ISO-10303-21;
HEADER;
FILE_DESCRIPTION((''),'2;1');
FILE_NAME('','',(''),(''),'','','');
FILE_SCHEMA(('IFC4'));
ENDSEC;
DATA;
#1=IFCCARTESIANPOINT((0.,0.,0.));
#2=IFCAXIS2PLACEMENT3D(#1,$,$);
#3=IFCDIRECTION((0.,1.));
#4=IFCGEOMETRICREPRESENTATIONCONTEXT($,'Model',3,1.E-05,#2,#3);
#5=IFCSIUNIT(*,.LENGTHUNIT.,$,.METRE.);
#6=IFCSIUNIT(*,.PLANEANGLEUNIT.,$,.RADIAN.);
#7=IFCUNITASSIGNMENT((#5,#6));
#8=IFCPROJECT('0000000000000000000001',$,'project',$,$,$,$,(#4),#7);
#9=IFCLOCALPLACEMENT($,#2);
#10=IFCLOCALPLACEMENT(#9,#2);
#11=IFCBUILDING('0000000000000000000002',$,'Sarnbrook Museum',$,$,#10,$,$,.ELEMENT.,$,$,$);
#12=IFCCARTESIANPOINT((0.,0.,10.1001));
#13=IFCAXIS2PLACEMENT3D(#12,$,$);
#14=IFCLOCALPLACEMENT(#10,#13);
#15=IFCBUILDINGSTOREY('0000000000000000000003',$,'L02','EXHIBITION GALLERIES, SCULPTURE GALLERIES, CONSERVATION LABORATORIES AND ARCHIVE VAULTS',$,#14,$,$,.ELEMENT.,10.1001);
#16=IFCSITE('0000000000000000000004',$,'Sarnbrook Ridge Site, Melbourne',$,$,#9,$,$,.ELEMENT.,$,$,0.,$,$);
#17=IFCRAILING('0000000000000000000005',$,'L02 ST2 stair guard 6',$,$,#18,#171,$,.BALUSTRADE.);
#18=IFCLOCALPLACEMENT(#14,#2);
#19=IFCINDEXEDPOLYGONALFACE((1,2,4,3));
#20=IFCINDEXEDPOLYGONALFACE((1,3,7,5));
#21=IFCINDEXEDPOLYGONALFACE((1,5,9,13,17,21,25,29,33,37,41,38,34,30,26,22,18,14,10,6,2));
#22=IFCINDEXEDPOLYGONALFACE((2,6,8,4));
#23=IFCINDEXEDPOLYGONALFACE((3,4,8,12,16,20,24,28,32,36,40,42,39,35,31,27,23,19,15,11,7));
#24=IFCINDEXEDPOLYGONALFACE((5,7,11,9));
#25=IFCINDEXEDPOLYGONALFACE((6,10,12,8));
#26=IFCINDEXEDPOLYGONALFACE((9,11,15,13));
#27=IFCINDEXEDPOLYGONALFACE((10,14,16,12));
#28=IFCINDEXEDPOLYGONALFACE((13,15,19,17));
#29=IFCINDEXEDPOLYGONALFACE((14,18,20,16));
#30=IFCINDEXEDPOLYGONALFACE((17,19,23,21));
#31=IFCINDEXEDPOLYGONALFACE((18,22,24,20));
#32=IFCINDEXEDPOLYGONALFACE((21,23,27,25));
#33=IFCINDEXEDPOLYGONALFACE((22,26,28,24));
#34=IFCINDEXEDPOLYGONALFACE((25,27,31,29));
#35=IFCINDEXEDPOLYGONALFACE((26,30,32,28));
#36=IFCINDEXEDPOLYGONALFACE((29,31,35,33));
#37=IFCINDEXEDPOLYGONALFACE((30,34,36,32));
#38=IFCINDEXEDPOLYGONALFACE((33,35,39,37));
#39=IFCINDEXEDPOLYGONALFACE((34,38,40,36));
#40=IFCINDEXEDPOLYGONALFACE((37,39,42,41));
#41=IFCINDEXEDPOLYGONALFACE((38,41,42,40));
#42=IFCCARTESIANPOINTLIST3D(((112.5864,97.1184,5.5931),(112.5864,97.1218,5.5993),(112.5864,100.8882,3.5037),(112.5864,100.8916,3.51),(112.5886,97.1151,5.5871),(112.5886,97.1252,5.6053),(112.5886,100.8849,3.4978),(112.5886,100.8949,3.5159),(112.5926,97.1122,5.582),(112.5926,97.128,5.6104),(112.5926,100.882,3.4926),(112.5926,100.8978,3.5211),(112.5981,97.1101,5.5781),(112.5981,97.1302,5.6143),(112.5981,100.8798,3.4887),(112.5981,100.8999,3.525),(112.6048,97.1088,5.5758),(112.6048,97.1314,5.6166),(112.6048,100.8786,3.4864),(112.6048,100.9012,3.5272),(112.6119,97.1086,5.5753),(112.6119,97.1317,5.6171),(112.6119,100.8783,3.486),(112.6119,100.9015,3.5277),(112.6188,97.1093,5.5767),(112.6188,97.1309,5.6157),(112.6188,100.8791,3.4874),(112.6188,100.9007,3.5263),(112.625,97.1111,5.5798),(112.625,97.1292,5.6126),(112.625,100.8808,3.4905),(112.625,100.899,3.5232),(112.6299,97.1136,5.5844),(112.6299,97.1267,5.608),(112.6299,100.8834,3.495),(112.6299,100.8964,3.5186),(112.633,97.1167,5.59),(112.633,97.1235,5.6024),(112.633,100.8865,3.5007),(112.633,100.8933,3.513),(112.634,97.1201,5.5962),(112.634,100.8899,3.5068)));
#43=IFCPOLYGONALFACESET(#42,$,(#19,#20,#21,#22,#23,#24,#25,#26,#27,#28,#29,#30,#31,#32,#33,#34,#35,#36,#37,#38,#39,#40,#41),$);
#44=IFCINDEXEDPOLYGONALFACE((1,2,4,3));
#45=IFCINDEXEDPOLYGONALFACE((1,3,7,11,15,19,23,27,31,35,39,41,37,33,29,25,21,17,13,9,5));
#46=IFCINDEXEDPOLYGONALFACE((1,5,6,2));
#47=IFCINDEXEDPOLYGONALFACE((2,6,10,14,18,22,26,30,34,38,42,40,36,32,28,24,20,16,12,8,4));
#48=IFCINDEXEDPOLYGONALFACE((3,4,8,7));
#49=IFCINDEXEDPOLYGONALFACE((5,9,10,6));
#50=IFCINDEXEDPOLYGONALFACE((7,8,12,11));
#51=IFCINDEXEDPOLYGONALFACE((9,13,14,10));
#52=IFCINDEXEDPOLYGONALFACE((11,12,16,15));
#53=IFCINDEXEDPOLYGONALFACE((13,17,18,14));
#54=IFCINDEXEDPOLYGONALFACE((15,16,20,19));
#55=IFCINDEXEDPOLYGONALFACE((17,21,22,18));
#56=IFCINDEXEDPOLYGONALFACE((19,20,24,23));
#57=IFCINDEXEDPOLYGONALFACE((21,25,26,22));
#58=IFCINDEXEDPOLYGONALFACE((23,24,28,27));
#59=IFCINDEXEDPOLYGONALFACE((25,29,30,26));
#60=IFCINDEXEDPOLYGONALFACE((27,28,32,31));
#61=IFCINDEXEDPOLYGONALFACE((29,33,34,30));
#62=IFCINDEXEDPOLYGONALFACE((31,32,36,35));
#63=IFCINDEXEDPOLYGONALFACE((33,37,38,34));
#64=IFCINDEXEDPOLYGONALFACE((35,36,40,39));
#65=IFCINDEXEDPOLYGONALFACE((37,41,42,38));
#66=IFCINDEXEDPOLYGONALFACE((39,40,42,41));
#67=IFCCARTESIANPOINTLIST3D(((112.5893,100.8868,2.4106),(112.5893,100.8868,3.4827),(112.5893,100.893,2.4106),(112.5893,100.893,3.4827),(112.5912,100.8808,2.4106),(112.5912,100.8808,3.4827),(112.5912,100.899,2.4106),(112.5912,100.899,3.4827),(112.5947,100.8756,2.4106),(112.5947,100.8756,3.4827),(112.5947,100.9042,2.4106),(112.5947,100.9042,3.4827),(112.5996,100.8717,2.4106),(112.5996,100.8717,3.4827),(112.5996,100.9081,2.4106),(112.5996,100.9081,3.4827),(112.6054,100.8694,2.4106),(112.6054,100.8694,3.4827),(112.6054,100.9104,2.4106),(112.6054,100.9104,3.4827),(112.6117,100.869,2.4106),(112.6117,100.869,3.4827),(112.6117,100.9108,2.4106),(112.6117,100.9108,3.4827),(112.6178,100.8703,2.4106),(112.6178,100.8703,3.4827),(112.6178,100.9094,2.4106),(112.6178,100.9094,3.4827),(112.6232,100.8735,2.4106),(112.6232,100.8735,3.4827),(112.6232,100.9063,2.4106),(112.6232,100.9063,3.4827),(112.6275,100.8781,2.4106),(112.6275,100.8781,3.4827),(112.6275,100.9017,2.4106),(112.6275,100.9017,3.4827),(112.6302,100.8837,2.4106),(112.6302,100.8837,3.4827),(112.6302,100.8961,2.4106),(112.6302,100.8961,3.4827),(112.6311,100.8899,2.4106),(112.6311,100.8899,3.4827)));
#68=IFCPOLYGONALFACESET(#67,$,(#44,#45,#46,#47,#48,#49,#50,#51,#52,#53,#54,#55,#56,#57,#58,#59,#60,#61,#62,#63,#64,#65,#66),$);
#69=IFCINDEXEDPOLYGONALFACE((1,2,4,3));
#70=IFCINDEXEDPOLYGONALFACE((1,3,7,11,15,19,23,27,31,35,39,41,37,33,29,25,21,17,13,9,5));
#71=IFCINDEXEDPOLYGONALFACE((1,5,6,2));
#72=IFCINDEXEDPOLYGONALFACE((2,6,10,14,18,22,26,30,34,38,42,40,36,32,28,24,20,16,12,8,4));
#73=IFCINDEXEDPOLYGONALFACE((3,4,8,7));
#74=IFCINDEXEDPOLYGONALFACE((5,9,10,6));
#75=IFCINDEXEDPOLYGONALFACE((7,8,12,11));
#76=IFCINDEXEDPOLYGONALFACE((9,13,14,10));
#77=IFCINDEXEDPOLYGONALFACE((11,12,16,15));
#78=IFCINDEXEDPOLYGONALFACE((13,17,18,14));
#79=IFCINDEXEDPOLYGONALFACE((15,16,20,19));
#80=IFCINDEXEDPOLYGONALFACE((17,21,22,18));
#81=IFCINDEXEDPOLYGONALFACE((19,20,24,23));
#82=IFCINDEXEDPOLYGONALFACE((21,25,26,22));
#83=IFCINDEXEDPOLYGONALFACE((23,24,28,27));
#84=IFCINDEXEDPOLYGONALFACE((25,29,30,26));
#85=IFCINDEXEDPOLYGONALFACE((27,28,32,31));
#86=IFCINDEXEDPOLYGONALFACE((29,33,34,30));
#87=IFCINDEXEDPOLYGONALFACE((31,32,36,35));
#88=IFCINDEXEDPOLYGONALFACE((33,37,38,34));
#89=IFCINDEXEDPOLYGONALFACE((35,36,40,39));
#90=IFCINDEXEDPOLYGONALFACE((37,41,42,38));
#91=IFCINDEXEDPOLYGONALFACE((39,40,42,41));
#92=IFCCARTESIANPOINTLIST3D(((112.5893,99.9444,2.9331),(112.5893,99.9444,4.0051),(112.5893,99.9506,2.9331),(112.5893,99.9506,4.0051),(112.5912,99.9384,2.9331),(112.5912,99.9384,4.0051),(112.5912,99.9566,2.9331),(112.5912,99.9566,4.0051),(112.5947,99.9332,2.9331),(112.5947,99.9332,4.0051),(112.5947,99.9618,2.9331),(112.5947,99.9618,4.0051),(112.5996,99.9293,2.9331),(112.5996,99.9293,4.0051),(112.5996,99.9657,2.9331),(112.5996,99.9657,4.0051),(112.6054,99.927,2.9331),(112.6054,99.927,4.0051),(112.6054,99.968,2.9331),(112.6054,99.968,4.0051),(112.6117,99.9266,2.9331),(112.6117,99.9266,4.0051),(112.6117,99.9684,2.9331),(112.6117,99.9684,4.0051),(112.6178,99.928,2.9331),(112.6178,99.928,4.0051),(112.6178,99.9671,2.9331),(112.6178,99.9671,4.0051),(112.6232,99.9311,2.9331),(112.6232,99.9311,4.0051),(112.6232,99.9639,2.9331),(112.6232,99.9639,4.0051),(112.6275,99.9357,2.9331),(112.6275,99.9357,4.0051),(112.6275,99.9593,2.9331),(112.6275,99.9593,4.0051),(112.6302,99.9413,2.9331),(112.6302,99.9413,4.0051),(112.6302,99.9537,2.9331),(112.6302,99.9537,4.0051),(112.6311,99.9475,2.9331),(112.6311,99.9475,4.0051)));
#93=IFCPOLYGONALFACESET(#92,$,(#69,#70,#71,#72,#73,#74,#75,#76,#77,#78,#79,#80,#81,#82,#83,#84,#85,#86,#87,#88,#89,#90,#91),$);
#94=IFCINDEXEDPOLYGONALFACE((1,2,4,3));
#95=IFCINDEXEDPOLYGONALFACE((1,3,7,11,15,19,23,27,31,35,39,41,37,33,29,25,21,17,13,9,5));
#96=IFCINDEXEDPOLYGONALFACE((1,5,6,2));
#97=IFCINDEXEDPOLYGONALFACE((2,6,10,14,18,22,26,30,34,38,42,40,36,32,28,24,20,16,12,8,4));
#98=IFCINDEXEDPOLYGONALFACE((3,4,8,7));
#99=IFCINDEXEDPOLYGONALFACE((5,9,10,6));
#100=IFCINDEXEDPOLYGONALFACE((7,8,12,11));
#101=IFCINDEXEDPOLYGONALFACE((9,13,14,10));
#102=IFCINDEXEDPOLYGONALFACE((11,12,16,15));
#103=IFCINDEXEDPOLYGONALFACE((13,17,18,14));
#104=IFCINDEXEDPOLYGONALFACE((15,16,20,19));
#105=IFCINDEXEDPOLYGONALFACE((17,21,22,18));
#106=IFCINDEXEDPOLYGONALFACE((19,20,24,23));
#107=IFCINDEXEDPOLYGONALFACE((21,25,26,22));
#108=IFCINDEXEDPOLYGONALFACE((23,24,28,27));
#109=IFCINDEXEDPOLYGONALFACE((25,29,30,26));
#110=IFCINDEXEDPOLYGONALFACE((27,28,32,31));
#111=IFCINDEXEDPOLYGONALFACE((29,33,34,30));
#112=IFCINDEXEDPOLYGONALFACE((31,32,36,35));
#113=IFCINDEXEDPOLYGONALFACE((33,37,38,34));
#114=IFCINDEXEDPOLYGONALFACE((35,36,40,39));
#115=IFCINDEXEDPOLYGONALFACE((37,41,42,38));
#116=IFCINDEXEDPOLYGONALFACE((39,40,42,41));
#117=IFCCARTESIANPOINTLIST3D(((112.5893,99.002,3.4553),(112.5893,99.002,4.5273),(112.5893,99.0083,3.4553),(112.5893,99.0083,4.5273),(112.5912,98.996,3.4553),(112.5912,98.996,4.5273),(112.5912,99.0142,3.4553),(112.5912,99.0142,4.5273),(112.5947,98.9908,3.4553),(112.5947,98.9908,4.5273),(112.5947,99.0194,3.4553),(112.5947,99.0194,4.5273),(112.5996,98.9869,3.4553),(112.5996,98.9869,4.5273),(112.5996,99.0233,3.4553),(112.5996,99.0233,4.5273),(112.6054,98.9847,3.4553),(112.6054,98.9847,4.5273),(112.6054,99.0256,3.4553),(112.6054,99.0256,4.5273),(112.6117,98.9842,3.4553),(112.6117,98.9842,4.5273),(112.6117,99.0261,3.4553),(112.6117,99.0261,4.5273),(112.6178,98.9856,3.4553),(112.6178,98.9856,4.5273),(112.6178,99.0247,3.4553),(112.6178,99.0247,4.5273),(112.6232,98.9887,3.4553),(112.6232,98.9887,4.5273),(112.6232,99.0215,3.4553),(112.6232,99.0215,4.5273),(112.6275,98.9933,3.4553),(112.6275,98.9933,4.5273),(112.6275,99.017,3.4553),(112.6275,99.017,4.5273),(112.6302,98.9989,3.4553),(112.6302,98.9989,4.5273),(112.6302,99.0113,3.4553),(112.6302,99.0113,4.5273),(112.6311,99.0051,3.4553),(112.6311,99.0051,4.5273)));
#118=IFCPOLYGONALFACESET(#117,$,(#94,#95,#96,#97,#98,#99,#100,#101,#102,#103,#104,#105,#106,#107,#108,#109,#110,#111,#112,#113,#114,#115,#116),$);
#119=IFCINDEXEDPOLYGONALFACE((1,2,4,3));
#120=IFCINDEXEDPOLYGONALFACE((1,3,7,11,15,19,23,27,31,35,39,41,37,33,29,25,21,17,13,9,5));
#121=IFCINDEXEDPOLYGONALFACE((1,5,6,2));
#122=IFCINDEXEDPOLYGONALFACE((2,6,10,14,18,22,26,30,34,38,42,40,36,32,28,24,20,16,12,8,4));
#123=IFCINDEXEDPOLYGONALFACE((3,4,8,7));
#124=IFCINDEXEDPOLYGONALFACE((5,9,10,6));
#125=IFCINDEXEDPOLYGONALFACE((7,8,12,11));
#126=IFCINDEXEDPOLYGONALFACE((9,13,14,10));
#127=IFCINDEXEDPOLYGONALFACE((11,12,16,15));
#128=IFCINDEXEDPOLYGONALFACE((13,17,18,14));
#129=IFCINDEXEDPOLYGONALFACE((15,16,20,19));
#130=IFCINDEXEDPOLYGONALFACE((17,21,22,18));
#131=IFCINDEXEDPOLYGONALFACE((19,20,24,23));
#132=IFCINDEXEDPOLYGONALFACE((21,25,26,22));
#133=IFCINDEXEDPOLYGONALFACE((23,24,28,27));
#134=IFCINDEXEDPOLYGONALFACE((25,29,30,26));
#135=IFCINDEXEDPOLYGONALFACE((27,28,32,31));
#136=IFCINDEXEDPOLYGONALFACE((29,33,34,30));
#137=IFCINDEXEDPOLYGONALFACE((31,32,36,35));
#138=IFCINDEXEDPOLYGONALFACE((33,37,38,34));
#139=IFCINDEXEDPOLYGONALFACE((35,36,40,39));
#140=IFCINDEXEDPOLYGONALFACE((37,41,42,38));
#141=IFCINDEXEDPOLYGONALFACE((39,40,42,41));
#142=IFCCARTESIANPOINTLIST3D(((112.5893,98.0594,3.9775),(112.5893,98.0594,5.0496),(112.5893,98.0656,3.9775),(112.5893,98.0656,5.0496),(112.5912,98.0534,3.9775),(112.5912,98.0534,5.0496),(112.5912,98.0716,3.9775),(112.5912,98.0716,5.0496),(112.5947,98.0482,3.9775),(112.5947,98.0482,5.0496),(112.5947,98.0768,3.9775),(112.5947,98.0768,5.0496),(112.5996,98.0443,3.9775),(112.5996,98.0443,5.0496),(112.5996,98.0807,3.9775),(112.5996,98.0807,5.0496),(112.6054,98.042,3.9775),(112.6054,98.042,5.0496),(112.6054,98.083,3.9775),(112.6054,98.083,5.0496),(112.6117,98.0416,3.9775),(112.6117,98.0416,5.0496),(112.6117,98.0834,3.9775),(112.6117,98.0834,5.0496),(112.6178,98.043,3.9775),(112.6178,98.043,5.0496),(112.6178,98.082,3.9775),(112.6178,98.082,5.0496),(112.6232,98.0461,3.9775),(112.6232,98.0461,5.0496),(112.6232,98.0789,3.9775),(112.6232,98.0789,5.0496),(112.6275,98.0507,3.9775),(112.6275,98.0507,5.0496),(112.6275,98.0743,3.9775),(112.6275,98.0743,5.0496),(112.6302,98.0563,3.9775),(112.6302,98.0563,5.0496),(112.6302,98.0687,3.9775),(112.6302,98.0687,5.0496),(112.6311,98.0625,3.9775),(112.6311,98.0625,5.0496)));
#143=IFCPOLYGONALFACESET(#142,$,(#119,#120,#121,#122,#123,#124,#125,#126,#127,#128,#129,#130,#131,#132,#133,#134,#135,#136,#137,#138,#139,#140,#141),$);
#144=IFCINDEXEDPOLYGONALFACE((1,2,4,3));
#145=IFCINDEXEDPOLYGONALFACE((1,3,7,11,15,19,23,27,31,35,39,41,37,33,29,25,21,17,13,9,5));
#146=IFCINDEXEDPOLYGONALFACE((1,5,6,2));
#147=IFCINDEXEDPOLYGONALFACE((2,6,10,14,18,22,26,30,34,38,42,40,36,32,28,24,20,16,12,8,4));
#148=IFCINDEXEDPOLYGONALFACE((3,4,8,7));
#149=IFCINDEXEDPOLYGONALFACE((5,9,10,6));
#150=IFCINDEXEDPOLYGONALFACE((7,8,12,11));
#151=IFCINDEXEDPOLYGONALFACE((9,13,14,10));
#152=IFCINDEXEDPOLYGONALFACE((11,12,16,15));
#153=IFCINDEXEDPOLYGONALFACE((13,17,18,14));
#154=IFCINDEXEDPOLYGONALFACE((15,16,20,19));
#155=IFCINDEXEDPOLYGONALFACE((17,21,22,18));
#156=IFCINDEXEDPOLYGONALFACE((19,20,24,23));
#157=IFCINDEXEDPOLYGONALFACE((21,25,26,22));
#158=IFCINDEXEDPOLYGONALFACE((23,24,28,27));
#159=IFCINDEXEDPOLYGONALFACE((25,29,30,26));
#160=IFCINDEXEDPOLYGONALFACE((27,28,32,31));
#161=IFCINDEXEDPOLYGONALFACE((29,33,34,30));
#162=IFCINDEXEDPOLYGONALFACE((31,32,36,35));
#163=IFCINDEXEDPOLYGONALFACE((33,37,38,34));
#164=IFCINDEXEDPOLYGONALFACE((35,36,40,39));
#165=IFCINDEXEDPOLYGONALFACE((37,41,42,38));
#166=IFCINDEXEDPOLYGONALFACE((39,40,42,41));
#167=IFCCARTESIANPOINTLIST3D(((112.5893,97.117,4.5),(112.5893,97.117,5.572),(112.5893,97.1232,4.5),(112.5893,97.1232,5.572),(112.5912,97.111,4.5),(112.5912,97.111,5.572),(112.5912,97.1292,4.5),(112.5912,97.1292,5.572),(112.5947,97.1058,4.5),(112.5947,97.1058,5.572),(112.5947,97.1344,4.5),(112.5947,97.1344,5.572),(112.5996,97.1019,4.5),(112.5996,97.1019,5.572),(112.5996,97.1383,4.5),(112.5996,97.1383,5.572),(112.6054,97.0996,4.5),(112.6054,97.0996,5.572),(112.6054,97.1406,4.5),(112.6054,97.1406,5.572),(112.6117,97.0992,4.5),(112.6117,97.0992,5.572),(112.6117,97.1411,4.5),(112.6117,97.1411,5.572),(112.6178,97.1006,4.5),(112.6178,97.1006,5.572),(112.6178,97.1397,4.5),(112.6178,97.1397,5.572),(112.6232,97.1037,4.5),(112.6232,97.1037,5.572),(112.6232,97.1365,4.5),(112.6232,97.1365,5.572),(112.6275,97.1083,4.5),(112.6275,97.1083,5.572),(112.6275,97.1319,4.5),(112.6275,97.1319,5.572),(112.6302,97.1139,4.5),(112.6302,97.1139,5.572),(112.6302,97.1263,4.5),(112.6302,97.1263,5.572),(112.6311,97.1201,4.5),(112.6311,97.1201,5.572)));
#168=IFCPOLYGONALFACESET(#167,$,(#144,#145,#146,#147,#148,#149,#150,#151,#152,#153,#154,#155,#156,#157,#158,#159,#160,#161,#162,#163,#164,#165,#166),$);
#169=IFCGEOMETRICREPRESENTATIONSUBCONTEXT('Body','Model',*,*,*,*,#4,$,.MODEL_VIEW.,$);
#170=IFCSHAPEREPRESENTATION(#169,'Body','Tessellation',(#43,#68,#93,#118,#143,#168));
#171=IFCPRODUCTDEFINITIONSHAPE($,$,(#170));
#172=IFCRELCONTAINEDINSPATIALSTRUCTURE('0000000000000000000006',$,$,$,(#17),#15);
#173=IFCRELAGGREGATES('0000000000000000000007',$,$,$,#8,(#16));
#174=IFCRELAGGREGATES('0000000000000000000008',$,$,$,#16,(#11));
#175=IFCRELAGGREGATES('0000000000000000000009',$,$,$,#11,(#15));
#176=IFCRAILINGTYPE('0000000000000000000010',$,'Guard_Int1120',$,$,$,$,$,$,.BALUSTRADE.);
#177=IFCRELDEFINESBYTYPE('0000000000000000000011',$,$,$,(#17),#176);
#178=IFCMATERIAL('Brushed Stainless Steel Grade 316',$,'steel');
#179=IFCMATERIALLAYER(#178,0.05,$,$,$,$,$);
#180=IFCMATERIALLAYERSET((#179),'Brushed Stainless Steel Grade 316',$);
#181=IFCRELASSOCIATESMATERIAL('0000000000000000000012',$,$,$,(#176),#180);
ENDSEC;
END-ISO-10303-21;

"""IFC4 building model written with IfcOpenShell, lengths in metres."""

from ifc_helpers import new_model, si_unit, direction, frame, origin, origin_2d, place, context, subcontext, project, spatial, circle, extrude, material, layer, layer_set, type_object, element, save


model = new_model("IFC4")

# Units and contexts
model_context = context("Model", 3, precision=1e-05, world=origin(), true_north=direction((0.0, 1.0)))
body_context = subcontext(model_context, "Body", "Model", "MODEL_VIEW")
ifc_project = project(units=[si_unit("LENGTHUNIT", "METRE"), si_unit("PLANEANGLEUNIT", "RADIAN")], contexts=[model_context])

# Site, building, storey
site_placement = place(None, origin())
site = spatial("IfcSite", under=ifc_project, at=site_placement, Name="Sarnbrook Ridge Site, Melbourne", CompositionType="ELEMENT", RefElevation=0.0)
building_placement = place(site_placement, origin())
building = spatial("IfcBuilding", under=site, at=building_placement, Name="Sarnbrook Museum", CompositionType="ELEMENT")
storey_placement = place(building_placement, frame((0.0, 0.0, 10.1001)))
storey = spatial("IfcBuildingStorey", under=building, at=storey_placement, Name="L02", Description="EXHIBITION GALLERIES, SCULPTURE GALLERIES, CONSERVATION LABORATORIES AND ARCHIVE VAULTS", CompositionType="ELEMENT", Elevation=10.1001)

# Shared definitions
ifc_material_1 = material(Name="Brushed Stainless Steel Grade 316", Category="steel")

# Railing
ifc_layer_1 = layer(ifc_material_1, 0.05)
ifc_layer_set_1 = layer_set([ifc_layer_1], Name="Brushed Stainless Steel Grade 316")
railing_type_1 = type_object("IfcRailingType", Name="Guard_Int1120", PredefinedType="BALUSTRADE", material=ifc_layer_set_1)
railing_1_placement = place(storey_placement, frame((112.6101, 100.8899, 2.4106)))
element("IfcRailing", 1, at=railing_1_placement, inside=storey, type_object=railing_type_1, Name="L02 ST2 stair guard 6", PredefinedType="BALUSTRADE", context=body_context, shape_type="SweptSolid", body=[
    extrude(circle(Radius=0.0239, at=origin_2d()), frame((0.0, 0.0, 1.0962), z_axis=(0.0, -0.874646, 0.484763), x_axis=(1.0, 0.0, 0.0)), (0.0, 0.0, 1.0), 4.3101),
    extrude(circle(Radius=0.021, at=origin_2d()), origin(), (0.0, 0.0, 1.0), 1.072),
    extrude(circle(Radius=0.021, at=origin_2d()), frame((0.0, -0.9424, 0.5225)), (0.0, 0.0, 1.0), 1.072),
    extrude(circle(Radius=0.021, at=origin_2d()), frame((0.0, -1.8848, 1.0447)), (0.0, 0.0, 1.0), 1.072),
    extrude(circle(Radius=0.021, at=origin_2d()), frame((0.0, -2.8274, 1.5669)), (0.0, 0.0, 1.0), 1.072),
    extrude(circle(Radius=0.021, at=origin_2d()), frame((0.0, -3.7698, 2.0894)), (0.0, 0.0, 1.0), 1.072),
])

save(model, "model.ifc")
